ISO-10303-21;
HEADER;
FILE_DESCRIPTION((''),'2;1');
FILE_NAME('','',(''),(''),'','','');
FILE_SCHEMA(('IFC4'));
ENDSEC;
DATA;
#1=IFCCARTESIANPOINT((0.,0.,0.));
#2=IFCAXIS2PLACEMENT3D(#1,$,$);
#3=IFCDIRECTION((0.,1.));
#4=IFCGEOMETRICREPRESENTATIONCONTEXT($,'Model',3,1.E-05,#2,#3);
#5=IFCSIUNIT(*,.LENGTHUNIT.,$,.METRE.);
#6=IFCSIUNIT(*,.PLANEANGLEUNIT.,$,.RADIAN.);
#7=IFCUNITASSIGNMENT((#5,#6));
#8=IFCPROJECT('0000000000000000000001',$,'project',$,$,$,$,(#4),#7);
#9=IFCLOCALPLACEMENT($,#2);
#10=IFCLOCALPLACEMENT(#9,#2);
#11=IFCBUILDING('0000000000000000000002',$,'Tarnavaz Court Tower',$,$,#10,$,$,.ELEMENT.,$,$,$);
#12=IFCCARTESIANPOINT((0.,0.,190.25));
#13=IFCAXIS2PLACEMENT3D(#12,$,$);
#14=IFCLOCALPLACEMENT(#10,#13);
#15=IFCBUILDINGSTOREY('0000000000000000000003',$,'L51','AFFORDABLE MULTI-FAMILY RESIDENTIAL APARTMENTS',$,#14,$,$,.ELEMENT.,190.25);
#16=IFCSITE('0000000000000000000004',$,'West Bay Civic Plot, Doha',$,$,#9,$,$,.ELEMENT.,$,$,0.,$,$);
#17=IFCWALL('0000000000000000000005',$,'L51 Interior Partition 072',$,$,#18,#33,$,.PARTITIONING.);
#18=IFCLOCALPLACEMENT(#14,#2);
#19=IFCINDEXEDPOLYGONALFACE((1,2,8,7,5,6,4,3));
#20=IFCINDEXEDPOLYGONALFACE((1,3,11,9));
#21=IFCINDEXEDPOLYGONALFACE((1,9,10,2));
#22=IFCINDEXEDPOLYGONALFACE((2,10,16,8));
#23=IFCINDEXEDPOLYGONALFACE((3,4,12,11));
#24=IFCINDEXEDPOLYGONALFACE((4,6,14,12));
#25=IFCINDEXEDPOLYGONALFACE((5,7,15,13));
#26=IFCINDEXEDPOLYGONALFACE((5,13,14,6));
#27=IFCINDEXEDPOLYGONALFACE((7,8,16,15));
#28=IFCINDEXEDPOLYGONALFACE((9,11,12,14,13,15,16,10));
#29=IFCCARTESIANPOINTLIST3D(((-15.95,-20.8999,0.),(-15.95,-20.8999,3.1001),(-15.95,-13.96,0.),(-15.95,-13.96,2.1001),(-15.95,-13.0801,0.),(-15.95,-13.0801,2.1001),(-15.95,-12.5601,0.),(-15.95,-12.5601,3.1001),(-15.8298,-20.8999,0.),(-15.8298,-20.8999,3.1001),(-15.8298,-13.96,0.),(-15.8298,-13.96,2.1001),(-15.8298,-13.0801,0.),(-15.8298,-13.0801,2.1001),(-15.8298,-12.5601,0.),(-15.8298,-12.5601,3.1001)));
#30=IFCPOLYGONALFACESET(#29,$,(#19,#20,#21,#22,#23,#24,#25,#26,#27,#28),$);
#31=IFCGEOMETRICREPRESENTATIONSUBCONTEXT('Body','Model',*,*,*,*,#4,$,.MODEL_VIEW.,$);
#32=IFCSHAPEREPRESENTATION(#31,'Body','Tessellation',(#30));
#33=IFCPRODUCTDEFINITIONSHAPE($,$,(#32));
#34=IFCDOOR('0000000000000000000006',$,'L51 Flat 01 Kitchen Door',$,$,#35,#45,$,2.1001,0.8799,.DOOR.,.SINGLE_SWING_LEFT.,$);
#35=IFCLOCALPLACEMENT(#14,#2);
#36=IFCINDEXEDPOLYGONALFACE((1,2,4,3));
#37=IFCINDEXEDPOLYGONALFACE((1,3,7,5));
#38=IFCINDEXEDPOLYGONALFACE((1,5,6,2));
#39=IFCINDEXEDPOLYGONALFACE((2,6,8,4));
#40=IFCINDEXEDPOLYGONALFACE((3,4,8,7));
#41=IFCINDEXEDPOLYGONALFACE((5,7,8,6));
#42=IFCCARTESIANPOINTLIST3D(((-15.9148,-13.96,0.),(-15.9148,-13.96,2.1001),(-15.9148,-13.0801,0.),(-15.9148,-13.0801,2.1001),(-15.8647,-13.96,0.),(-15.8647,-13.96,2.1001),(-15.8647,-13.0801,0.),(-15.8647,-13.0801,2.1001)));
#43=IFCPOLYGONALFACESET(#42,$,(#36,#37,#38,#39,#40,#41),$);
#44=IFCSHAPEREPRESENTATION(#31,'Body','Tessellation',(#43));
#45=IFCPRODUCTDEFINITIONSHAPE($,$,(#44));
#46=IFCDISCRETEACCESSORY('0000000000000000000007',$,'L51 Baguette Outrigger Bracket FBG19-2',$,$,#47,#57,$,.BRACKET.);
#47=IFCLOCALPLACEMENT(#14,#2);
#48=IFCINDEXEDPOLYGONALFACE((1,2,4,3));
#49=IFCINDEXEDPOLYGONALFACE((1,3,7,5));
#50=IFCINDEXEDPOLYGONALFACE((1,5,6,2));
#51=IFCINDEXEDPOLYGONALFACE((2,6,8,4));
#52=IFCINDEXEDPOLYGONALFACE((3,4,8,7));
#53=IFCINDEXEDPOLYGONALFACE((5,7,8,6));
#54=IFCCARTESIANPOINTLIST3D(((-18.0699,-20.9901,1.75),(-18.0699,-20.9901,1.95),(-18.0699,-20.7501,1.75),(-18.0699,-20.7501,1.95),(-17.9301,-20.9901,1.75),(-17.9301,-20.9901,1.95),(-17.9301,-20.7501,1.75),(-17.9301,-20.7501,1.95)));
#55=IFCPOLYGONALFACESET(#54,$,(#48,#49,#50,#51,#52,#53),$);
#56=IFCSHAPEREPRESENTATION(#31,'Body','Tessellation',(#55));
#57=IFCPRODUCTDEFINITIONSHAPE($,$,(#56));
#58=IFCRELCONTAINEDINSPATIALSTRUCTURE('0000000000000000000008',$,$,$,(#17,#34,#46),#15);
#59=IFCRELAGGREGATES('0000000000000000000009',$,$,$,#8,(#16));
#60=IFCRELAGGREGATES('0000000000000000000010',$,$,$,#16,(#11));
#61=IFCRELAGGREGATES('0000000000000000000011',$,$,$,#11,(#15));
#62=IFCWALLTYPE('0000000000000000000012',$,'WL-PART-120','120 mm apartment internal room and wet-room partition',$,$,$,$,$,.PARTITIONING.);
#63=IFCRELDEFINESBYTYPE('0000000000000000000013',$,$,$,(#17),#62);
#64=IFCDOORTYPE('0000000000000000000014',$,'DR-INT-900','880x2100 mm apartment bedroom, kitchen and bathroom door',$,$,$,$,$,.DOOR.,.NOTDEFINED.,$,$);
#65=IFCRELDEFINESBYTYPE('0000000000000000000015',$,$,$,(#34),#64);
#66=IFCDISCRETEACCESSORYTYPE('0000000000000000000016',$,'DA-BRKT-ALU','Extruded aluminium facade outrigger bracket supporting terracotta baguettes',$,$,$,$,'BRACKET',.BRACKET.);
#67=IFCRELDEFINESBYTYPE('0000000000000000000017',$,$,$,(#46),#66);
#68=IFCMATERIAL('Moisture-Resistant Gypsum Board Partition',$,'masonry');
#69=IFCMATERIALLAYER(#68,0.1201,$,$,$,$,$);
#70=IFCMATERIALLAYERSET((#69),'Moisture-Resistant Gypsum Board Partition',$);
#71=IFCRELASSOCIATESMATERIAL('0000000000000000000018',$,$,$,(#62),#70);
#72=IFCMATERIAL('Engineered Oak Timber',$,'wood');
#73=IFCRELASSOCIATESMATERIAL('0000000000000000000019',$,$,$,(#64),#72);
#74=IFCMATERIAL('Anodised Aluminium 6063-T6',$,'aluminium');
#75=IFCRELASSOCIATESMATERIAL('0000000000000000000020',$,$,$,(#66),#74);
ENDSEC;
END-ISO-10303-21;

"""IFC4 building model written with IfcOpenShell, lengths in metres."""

from ifc_helpers import new_model, si_unit, direction, frame, frame_2d, origin, origin_2d, place, context, subcontext, project, spatial, rectangle, extrude, material, layer, layer_set, type_object, element, fill, save


model = new_model("IFC4")

# Units and contexts
model_context = context("Model", 3, precision=1e-05, world=origin(), true_north=direction((0.0, 1.0)))
body_context = subcontext(model_context, "Body", "Model", "MODEL_VIEW")
ifc_project = project(units=[si_unit("LENGTHUNIT", "METRE"), si_unit("PLANEANGLEUNIT", "RADIAN")], contexts=[model_context])

# Site, building, storey
site_placement = place(None, origin())
site = spatial("IfcSite", under=ifc_project, at=site_placement, Name="West Bay Civic Plot, Doha", CompositionType="ELEMENT", RefElevation=0.0)
building_placement = place(site_placement, origin())
building = spatial("IfcBuilding", under=site, at=building_placement, Name="Tarnavaz Court Tower", CompositionType="ELEMENT")
storey_placement = place(building_placement, frame((0.0, 0.0, 190.25)))
storey = spatial("IfcBuildingStorey", under=building, at=storey_placement, Name="L51", Description="AFFORDABLE MULTI-FAMILY RESIDENTIAL APARTMENTS", CompositionType="ELEMENT", Elevation=190.25)

# Wall, opening, door
ifc_material_1 = material(Name="Moisture-Resistant Gypsum Board Partition", Category="masonry")
ifc_layer_1 = layer(ifc_material_1, 0.1201)
ifc_layer_set_1 = layer_set([ifc_layer_1], Name="Moisture-Resistant Gypsum Board Partition")
wall_type_1 = type_object("IfcWallType", Name="WL-PART-120", Description="120 mm apartment internal room and wet-room partition", PredefinedType="PARTITIONING", material=ifc_layer_set_1)
wall_1_placement = place(storey_placement, frame((-15.8899, -20.8999, 0.0), z_axis=(0.0, 0.0, 1.0), x_axis=(0.0, 1.0, 0.0)))
wall_1 = element("IfcWall", 1, at=wall_1_placement, inside=storey, type_object=wall_type_1, Name="L51 Interior Partition 072", PredefinedType="PARTITIONING", context=body_context, shape_type="SweptSolid", body=[
    extrude(rectangle(XDim=8.3398, YDim=0.1201, at=frame_2d((4.1699, 0.0))), origin(), (0.0, 0.0, 1.0), 3.1001),
])
opening_1_placement = place(wall_1_placement, frame((6.9399, 0.0, 0.0)))
opening_1 = element("IfcOpeningElement", 2, at=opening_1_placement, cuts=wall_1, PredefinedType="OPENING", context=body_context, shape_type="SweptSolid", body=[
    extrude(rectangle(XDim=0.8799, YDim=2.1001, at=frame_2d((0.4399, 1.05))), frame((0.0, 0.0701, 0.0), z_axis=(0.0, -1.0, 0.0), x_axis=(1.0, 0.0, 0.0)), (0.0, 0.0, 1.0), 0.1401),
])
ifc_material_2 = material(Name="Engineered Oak Timber", Category="wood")
door_type = type_object("IfcDoorType", Name="DR-INT-900", Description="880x2100 mm apartment bedroom, kitchen and bathroom door", OperationType="NOTDEFINED", PredefinedType="DOOR", material=ifc_material_2)
door_placement = place(opening_1_placement, origin())
door = element("IfcDoor", 3, at=door_placement, inside=storey, type_object=door_type, Name="L51 Flat 01 Kitchen Door", OperationType="SINGLE_SWING_LEFT", OverallHeight=2.1001, OverallWidth=0.8799, PredefinedType="DOOR", context=body_context, shape_type="SweptSolid", body=[
    extrude(rectangle(XDim=0.8799, YDim=2.1001, at=frame_2d((0.4399, 1.05))), frame((0.0, 0.0249, 0.0), z_axis=(0.0, -1.0, 0.0), x_axis=(1.0, 0.0, 0.0)), (0.0, 0.0, 1.0), 0.05),
])
fill(opening_1, door)

# Discrete accessory
ifc_material_3 = material(Name="Anodised Aluminium 6063-T6", Category="aluminium")
discrete_accessory_type = type_object("IfcDiscreteAccessoryType", Name="DA-BRKT-ALU", Description="Extruded aluminium facade outrigger bracket supporting terracotta baguettes", ElementType="BRACKET", PredefinedType="BRACKET", material=ifc_material_3)
discrete_accessory_placement = place(storey_placement, frame((-18.0, -20.8701, 1.75), z_axis=(0.0, 0.0, 1.0), x_axis=(-1.0, 0.0, 0.0)))
element("IfcDiscreteAccessory", 4, at=discrete_accessory_placement, inside=storey, type_object=discrete_accessory_type, Name="L51 Baguette Outrigger Bracket FBG19-2", PredefinedType="BRACKET", context=body_context, shape_type="SweptSolid", body=[
    extrude(rectangle(XDim=0.1399, YDim=0.24, at=origin_2d()), origin(), (0.0, 0.0, 1.0), 0.2),
])

save(model, "model.ifc")
